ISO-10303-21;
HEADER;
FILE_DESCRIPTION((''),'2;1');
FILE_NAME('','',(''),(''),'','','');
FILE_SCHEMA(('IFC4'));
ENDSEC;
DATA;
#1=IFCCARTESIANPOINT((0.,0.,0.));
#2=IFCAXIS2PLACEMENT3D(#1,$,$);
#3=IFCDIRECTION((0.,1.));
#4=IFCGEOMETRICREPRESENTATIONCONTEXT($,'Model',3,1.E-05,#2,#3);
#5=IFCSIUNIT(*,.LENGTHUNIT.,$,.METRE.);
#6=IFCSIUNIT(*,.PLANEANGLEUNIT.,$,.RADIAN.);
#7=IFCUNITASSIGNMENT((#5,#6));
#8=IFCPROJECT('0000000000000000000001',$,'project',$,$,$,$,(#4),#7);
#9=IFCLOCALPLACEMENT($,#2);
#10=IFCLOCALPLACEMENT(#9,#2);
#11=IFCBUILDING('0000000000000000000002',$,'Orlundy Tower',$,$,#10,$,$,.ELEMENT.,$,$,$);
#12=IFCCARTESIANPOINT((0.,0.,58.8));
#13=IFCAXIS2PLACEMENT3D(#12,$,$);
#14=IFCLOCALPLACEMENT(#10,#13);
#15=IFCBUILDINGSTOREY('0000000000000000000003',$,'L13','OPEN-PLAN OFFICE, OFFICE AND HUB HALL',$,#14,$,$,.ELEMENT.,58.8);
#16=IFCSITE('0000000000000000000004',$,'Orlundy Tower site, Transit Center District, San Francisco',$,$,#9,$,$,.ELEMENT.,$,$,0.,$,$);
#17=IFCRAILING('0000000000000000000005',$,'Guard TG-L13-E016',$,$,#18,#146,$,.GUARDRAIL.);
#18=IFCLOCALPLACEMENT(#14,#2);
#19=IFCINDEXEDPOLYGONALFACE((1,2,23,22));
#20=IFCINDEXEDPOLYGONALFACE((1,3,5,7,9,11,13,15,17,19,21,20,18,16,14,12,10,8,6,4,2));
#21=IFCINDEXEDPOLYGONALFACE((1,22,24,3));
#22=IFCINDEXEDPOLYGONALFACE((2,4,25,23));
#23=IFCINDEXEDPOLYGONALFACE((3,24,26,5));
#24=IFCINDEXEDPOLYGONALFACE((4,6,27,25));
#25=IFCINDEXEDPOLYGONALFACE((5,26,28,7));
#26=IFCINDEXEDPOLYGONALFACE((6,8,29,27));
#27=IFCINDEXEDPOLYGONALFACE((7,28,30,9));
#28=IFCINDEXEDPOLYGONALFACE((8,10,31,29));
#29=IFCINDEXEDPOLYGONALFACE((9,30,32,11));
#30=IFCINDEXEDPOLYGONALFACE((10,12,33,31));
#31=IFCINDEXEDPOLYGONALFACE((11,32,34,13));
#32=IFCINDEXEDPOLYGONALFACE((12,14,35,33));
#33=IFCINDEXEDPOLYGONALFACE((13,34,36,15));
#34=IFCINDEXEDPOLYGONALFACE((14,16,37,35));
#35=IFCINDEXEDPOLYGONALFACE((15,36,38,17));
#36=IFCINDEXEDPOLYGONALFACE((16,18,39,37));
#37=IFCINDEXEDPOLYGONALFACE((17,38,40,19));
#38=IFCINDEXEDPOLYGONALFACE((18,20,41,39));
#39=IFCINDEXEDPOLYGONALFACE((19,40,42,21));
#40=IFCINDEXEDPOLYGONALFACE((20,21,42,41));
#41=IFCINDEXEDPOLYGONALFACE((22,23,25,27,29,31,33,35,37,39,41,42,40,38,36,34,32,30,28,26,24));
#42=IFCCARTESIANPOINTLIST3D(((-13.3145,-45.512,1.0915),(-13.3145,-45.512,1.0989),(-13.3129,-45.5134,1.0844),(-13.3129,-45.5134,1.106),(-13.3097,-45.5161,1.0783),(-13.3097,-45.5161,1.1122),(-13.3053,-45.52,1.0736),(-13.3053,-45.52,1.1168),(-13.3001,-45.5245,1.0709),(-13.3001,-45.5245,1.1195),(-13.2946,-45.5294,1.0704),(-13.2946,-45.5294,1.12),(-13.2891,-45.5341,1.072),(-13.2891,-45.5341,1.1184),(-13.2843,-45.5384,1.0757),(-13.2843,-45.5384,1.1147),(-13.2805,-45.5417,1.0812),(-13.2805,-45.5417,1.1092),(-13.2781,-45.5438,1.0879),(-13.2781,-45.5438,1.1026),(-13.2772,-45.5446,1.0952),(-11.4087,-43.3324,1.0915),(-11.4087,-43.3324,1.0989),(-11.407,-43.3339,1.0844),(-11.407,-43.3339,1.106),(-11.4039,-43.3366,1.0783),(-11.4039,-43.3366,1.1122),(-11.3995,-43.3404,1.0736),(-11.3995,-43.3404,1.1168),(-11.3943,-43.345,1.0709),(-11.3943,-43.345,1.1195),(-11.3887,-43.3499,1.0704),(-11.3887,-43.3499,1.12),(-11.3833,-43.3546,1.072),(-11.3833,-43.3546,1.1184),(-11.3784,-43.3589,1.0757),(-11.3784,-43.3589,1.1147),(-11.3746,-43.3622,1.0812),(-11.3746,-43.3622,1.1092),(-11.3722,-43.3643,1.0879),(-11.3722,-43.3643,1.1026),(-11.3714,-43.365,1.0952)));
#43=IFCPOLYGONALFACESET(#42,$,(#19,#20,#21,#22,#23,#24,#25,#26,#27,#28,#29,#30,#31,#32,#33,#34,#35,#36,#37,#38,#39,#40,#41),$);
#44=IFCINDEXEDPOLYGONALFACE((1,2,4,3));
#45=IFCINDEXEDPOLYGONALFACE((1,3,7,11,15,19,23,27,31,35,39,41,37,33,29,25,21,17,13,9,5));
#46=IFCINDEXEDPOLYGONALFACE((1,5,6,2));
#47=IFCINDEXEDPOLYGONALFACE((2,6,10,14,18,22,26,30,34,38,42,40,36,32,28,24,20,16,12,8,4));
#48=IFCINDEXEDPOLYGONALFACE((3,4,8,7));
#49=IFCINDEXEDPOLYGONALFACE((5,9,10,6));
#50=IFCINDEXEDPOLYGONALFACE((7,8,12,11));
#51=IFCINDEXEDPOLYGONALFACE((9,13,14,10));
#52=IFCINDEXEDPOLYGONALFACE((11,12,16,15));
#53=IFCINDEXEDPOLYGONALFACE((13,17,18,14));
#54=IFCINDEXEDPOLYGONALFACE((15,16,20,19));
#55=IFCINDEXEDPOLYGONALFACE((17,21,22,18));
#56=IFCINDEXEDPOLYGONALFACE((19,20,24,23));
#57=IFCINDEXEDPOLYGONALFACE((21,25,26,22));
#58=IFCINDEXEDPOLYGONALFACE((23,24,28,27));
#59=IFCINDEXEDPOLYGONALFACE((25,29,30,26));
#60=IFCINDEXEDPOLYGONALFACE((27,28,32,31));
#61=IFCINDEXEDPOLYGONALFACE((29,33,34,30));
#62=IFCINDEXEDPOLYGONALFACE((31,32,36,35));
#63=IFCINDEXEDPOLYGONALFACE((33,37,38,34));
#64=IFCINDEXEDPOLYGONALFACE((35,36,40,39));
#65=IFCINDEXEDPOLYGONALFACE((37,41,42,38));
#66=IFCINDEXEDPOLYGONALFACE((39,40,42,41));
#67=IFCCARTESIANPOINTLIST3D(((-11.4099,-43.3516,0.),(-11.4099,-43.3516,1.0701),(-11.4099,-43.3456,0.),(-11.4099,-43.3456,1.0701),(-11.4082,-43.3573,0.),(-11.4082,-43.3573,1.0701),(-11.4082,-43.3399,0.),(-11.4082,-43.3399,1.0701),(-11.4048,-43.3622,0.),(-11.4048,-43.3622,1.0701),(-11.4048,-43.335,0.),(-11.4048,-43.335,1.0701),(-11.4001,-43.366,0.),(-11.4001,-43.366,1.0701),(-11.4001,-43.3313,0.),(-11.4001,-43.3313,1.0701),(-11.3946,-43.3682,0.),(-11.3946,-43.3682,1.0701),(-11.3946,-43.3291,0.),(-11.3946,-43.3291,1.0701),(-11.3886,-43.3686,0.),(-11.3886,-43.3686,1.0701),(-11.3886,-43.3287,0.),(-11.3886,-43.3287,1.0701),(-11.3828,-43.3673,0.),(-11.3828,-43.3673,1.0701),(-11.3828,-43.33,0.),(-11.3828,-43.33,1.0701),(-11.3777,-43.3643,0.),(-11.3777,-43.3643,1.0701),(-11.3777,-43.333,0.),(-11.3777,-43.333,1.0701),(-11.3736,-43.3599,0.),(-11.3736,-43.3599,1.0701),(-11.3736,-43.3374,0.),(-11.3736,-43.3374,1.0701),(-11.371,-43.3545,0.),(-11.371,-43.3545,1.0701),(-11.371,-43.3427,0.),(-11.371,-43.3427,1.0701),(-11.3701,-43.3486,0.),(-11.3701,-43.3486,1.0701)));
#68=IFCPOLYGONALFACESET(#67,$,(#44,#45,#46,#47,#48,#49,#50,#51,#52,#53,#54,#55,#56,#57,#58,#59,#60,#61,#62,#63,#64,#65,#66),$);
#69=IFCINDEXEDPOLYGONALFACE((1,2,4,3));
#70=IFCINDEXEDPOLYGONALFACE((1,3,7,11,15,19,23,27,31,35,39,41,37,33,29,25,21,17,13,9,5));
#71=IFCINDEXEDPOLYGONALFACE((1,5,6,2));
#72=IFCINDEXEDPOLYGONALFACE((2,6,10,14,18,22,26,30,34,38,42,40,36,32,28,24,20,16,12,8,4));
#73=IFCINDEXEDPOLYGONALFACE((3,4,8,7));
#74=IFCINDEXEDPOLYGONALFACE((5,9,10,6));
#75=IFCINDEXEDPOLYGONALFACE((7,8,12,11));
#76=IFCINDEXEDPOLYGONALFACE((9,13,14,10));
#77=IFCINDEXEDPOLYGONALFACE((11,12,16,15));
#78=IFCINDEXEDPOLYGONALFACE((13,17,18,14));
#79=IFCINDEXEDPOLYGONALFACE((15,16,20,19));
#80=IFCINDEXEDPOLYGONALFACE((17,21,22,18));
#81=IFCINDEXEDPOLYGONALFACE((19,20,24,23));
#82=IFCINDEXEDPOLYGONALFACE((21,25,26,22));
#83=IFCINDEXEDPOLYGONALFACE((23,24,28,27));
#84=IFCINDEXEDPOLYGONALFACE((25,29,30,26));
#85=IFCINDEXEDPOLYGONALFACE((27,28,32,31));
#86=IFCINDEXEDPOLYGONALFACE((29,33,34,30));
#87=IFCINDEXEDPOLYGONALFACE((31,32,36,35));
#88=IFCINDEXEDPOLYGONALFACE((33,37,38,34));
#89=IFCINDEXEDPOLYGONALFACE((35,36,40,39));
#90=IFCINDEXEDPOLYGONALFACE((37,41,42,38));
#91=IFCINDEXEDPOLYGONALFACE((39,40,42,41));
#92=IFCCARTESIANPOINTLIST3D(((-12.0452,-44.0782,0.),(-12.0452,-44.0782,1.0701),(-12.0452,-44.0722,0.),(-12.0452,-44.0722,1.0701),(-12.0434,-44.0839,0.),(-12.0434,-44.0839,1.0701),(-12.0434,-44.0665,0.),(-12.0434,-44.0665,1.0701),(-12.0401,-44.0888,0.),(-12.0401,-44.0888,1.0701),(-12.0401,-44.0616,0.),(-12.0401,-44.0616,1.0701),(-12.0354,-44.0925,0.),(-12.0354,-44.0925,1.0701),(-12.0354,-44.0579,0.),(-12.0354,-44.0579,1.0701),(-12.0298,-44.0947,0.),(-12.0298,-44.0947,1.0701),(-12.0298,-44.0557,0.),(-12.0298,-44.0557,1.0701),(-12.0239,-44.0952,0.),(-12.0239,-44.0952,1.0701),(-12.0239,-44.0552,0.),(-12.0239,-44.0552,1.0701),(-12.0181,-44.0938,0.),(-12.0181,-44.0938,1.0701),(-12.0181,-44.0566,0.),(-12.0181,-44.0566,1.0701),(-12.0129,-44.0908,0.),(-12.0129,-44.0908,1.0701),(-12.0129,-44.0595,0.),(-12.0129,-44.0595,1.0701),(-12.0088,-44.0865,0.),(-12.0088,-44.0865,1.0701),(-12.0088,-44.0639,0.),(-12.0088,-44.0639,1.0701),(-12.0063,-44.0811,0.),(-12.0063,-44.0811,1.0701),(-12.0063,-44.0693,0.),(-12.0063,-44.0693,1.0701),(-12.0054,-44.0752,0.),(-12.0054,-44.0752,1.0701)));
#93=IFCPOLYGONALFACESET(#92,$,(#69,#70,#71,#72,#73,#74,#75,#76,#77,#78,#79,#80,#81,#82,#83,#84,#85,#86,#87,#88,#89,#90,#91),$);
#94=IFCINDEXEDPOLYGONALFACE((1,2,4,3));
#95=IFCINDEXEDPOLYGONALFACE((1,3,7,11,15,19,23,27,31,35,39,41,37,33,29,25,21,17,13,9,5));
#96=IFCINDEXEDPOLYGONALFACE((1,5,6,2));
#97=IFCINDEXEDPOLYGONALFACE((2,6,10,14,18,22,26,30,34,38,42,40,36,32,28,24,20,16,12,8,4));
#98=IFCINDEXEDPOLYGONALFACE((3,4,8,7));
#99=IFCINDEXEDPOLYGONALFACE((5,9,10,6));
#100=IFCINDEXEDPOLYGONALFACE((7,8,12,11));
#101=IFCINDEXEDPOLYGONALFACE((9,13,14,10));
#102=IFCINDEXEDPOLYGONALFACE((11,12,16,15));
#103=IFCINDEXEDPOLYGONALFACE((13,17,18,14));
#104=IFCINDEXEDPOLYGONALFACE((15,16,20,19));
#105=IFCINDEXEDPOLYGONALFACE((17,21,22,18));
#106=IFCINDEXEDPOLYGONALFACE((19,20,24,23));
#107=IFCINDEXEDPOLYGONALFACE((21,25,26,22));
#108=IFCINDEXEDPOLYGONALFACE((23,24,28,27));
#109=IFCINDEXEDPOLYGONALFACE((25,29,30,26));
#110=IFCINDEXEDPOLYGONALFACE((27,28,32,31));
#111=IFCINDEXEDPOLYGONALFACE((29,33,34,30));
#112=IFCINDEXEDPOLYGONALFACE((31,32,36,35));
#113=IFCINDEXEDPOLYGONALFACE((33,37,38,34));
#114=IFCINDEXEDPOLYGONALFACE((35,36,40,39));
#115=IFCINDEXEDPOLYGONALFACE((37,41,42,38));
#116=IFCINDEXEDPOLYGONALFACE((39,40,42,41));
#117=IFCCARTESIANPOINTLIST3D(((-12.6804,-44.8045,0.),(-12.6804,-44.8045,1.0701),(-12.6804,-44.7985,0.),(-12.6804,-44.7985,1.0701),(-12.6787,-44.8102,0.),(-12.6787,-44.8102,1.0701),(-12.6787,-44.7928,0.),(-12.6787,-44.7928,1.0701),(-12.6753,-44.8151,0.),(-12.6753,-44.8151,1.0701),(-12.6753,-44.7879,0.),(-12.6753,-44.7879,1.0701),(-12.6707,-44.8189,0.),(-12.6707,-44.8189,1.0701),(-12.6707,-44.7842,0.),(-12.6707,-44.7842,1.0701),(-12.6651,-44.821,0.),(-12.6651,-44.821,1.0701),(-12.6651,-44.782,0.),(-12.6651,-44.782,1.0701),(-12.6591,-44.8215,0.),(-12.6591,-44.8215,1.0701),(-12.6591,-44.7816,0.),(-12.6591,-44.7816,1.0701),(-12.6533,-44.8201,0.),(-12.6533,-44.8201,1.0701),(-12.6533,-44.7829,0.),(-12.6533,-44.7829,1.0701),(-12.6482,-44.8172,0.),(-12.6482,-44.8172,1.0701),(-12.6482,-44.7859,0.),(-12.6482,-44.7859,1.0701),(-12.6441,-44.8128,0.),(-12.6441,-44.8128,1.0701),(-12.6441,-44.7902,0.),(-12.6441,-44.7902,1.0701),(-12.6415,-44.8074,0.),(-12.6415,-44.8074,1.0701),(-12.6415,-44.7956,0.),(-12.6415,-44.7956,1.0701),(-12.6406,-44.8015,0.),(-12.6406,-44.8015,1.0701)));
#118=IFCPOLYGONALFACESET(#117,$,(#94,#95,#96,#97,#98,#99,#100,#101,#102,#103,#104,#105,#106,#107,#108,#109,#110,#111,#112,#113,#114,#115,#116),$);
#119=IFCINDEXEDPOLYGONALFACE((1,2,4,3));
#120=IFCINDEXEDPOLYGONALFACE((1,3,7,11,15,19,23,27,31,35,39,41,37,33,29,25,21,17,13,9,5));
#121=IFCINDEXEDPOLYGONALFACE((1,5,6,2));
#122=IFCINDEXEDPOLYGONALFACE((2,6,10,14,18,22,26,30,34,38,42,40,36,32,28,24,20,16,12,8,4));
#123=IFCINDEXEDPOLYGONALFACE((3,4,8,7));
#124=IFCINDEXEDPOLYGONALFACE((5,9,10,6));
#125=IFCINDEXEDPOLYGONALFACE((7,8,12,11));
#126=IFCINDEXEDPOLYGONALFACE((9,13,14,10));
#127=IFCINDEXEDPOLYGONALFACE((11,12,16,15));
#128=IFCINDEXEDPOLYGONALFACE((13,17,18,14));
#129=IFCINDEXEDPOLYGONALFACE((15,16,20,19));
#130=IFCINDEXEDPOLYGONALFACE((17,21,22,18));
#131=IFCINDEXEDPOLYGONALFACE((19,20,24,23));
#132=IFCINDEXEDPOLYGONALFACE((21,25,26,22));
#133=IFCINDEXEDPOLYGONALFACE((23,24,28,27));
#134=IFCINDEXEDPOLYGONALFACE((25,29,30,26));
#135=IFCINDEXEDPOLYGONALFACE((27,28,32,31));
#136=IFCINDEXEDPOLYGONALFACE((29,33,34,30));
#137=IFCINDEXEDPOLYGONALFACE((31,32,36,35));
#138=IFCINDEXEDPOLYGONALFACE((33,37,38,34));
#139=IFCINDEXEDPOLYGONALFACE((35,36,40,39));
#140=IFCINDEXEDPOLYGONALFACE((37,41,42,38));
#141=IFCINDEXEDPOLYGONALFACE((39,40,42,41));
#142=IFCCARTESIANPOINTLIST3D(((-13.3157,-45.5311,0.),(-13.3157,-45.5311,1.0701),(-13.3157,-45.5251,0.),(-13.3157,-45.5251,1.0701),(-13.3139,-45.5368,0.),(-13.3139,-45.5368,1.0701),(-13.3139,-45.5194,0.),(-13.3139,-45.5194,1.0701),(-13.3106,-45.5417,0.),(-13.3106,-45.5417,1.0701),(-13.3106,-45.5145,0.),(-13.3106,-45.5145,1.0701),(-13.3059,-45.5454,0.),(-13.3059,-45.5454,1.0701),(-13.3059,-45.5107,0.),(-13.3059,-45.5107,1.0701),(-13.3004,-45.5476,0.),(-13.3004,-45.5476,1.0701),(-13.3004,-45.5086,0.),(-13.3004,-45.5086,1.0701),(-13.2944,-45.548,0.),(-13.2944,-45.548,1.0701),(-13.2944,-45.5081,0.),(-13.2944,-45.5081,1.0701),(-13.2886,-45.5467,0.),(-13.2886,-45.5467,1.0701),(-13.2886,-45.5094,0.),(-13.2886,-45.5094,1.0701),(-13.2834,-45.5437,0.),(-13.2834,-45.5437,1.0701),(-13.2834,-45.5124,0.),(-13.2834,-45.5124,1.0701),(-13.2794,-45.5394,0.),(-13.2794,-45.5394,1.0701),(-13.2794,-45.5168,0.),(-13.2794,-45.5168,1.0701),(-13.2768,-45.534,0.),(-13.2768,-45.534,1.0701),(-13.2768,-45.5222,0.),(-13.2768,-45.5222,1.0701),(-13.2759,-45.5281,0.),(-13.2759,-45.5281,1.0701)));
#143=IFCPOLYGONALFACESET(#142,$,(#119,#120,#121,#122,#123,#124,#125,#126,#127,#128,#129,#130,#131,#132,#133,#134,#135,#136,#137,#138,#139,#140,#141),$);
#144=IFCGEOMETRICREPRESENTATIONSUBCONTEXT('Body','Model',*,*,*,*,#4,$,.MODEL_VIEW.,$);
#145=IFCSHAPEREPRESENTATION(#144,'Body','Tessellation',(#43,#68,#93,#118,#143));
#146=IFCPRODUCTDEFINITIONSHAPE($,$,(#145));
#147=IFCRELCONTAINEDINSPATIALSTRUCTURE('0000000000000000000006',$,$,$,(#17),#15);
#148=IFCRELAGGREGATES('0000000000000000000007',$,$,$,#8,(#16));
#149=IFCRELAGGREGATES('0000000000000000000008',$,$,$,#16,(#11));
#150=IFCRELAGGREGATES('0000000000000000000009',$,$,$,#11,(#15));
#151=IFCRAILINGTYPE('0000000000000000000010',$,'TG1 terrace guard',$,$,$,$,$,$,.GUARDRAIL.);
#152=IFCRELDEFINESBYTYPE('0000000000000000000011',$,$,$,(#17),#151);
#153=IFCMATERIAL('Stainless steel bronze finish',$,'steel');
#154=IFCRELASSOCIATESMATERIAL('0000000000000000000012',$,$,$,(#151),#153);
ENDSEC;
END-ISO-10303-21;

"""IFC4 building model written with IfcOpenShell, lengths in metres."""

from ifc_helpers import new_model, si_unit, direction, frame, origin, origin_2d, place, context, subcontext, project, spatial, circle, extrude, material, type_object, element, save


model = new_model("IFC4")

# Units and contexts
model_context = context("Model", 3, precision=1e-05, world=origin(), true_north=direction((0.0, 1.0)))
body_context = subcontext(model_context, "Body", "Model", "MODEL_VIEW")
ifc_project = project(units=[si_unit("LENGTHUNIT", "METRE"), si_unit("PLANEANGLEUNIT", "RADIAN")], contexts=[model_context])

# Site, building, storey
site_placement = place(None, origin())
site = spatial("IfcSite", under=ifc_project, at=site_placement, Name="Orlundy Tower site, Transit Center District, San Francisco", CompositionType="ELEMENT", RefElevation=0.0)
building_placement = place(site_placement, origin())
building = spatial("IfcBuilding", under=site, at=building_placement, Name="Orlundy Tower", CompositionType="ELEMENT")
storey_placement = place(building_placement, frame((0.0, 0.0, 58.8)))
storey = spatial("IfcBuildingStorey", under=building, at=storey_placement, Name="L13", Description="OPEN-PLAN OFFICE, OFFICE AND HUB HALL", CompositionType="ELEMENT", Elevation=58.8)

# Railing
ifc_material_1 = material(Name="Stainless steel bronze finish", Category="steel")
railing_type = type_object("IfcRailingType", Name="TG1 terrace guard", PredefinedType="GUARDRAIL", material=ifc_material_1)
railing_1_placement = place(storey_placement, frame((-11.3901, -43.3486, 0.0)))
element("IfcRailing", 1, at=railing_1_placement, inside=storey, type_object=railing_type, Name="Guard TG-L13-E016", PredefinedType="GUARDRAIL", context=body_context, shape_type="SweptSolid", body=[
    extrude(circle(Radius=0.0249, at=origin_2d()), frame((0.0, 0.0, 1.0952), z_axis=(-0.65826, -0.752791, 0.0), x_axis=(0.752791, -0.65826, 0.0)), (0.0, 0.0, 1.0), 2.8953),
    extrude(circle(Radius=0.02, at=origin_2d()), origin(), (0.0, 0.0, 1.0), 1.0701),
    extrude(circle(Radius=0.02, at=origin_2d()), frame((-0.6353, -0.7266, 0.0)), (0.0, 0.0, 1.0), 1.0701),
    extrude(circle(Radius=0.02, at=origin_2d()), frame((-1.2705, -1.4529, 0.0)), (0.0, 0.0, 1.0), 1.0701),
    extrude(circle(Radius=0.02, at=origin_2d()), frame((-1.9058, -2.1794, 0.0)), (0.0, 0.0, 1.0), 1.0701),
])

save(model, "model.ifc")
